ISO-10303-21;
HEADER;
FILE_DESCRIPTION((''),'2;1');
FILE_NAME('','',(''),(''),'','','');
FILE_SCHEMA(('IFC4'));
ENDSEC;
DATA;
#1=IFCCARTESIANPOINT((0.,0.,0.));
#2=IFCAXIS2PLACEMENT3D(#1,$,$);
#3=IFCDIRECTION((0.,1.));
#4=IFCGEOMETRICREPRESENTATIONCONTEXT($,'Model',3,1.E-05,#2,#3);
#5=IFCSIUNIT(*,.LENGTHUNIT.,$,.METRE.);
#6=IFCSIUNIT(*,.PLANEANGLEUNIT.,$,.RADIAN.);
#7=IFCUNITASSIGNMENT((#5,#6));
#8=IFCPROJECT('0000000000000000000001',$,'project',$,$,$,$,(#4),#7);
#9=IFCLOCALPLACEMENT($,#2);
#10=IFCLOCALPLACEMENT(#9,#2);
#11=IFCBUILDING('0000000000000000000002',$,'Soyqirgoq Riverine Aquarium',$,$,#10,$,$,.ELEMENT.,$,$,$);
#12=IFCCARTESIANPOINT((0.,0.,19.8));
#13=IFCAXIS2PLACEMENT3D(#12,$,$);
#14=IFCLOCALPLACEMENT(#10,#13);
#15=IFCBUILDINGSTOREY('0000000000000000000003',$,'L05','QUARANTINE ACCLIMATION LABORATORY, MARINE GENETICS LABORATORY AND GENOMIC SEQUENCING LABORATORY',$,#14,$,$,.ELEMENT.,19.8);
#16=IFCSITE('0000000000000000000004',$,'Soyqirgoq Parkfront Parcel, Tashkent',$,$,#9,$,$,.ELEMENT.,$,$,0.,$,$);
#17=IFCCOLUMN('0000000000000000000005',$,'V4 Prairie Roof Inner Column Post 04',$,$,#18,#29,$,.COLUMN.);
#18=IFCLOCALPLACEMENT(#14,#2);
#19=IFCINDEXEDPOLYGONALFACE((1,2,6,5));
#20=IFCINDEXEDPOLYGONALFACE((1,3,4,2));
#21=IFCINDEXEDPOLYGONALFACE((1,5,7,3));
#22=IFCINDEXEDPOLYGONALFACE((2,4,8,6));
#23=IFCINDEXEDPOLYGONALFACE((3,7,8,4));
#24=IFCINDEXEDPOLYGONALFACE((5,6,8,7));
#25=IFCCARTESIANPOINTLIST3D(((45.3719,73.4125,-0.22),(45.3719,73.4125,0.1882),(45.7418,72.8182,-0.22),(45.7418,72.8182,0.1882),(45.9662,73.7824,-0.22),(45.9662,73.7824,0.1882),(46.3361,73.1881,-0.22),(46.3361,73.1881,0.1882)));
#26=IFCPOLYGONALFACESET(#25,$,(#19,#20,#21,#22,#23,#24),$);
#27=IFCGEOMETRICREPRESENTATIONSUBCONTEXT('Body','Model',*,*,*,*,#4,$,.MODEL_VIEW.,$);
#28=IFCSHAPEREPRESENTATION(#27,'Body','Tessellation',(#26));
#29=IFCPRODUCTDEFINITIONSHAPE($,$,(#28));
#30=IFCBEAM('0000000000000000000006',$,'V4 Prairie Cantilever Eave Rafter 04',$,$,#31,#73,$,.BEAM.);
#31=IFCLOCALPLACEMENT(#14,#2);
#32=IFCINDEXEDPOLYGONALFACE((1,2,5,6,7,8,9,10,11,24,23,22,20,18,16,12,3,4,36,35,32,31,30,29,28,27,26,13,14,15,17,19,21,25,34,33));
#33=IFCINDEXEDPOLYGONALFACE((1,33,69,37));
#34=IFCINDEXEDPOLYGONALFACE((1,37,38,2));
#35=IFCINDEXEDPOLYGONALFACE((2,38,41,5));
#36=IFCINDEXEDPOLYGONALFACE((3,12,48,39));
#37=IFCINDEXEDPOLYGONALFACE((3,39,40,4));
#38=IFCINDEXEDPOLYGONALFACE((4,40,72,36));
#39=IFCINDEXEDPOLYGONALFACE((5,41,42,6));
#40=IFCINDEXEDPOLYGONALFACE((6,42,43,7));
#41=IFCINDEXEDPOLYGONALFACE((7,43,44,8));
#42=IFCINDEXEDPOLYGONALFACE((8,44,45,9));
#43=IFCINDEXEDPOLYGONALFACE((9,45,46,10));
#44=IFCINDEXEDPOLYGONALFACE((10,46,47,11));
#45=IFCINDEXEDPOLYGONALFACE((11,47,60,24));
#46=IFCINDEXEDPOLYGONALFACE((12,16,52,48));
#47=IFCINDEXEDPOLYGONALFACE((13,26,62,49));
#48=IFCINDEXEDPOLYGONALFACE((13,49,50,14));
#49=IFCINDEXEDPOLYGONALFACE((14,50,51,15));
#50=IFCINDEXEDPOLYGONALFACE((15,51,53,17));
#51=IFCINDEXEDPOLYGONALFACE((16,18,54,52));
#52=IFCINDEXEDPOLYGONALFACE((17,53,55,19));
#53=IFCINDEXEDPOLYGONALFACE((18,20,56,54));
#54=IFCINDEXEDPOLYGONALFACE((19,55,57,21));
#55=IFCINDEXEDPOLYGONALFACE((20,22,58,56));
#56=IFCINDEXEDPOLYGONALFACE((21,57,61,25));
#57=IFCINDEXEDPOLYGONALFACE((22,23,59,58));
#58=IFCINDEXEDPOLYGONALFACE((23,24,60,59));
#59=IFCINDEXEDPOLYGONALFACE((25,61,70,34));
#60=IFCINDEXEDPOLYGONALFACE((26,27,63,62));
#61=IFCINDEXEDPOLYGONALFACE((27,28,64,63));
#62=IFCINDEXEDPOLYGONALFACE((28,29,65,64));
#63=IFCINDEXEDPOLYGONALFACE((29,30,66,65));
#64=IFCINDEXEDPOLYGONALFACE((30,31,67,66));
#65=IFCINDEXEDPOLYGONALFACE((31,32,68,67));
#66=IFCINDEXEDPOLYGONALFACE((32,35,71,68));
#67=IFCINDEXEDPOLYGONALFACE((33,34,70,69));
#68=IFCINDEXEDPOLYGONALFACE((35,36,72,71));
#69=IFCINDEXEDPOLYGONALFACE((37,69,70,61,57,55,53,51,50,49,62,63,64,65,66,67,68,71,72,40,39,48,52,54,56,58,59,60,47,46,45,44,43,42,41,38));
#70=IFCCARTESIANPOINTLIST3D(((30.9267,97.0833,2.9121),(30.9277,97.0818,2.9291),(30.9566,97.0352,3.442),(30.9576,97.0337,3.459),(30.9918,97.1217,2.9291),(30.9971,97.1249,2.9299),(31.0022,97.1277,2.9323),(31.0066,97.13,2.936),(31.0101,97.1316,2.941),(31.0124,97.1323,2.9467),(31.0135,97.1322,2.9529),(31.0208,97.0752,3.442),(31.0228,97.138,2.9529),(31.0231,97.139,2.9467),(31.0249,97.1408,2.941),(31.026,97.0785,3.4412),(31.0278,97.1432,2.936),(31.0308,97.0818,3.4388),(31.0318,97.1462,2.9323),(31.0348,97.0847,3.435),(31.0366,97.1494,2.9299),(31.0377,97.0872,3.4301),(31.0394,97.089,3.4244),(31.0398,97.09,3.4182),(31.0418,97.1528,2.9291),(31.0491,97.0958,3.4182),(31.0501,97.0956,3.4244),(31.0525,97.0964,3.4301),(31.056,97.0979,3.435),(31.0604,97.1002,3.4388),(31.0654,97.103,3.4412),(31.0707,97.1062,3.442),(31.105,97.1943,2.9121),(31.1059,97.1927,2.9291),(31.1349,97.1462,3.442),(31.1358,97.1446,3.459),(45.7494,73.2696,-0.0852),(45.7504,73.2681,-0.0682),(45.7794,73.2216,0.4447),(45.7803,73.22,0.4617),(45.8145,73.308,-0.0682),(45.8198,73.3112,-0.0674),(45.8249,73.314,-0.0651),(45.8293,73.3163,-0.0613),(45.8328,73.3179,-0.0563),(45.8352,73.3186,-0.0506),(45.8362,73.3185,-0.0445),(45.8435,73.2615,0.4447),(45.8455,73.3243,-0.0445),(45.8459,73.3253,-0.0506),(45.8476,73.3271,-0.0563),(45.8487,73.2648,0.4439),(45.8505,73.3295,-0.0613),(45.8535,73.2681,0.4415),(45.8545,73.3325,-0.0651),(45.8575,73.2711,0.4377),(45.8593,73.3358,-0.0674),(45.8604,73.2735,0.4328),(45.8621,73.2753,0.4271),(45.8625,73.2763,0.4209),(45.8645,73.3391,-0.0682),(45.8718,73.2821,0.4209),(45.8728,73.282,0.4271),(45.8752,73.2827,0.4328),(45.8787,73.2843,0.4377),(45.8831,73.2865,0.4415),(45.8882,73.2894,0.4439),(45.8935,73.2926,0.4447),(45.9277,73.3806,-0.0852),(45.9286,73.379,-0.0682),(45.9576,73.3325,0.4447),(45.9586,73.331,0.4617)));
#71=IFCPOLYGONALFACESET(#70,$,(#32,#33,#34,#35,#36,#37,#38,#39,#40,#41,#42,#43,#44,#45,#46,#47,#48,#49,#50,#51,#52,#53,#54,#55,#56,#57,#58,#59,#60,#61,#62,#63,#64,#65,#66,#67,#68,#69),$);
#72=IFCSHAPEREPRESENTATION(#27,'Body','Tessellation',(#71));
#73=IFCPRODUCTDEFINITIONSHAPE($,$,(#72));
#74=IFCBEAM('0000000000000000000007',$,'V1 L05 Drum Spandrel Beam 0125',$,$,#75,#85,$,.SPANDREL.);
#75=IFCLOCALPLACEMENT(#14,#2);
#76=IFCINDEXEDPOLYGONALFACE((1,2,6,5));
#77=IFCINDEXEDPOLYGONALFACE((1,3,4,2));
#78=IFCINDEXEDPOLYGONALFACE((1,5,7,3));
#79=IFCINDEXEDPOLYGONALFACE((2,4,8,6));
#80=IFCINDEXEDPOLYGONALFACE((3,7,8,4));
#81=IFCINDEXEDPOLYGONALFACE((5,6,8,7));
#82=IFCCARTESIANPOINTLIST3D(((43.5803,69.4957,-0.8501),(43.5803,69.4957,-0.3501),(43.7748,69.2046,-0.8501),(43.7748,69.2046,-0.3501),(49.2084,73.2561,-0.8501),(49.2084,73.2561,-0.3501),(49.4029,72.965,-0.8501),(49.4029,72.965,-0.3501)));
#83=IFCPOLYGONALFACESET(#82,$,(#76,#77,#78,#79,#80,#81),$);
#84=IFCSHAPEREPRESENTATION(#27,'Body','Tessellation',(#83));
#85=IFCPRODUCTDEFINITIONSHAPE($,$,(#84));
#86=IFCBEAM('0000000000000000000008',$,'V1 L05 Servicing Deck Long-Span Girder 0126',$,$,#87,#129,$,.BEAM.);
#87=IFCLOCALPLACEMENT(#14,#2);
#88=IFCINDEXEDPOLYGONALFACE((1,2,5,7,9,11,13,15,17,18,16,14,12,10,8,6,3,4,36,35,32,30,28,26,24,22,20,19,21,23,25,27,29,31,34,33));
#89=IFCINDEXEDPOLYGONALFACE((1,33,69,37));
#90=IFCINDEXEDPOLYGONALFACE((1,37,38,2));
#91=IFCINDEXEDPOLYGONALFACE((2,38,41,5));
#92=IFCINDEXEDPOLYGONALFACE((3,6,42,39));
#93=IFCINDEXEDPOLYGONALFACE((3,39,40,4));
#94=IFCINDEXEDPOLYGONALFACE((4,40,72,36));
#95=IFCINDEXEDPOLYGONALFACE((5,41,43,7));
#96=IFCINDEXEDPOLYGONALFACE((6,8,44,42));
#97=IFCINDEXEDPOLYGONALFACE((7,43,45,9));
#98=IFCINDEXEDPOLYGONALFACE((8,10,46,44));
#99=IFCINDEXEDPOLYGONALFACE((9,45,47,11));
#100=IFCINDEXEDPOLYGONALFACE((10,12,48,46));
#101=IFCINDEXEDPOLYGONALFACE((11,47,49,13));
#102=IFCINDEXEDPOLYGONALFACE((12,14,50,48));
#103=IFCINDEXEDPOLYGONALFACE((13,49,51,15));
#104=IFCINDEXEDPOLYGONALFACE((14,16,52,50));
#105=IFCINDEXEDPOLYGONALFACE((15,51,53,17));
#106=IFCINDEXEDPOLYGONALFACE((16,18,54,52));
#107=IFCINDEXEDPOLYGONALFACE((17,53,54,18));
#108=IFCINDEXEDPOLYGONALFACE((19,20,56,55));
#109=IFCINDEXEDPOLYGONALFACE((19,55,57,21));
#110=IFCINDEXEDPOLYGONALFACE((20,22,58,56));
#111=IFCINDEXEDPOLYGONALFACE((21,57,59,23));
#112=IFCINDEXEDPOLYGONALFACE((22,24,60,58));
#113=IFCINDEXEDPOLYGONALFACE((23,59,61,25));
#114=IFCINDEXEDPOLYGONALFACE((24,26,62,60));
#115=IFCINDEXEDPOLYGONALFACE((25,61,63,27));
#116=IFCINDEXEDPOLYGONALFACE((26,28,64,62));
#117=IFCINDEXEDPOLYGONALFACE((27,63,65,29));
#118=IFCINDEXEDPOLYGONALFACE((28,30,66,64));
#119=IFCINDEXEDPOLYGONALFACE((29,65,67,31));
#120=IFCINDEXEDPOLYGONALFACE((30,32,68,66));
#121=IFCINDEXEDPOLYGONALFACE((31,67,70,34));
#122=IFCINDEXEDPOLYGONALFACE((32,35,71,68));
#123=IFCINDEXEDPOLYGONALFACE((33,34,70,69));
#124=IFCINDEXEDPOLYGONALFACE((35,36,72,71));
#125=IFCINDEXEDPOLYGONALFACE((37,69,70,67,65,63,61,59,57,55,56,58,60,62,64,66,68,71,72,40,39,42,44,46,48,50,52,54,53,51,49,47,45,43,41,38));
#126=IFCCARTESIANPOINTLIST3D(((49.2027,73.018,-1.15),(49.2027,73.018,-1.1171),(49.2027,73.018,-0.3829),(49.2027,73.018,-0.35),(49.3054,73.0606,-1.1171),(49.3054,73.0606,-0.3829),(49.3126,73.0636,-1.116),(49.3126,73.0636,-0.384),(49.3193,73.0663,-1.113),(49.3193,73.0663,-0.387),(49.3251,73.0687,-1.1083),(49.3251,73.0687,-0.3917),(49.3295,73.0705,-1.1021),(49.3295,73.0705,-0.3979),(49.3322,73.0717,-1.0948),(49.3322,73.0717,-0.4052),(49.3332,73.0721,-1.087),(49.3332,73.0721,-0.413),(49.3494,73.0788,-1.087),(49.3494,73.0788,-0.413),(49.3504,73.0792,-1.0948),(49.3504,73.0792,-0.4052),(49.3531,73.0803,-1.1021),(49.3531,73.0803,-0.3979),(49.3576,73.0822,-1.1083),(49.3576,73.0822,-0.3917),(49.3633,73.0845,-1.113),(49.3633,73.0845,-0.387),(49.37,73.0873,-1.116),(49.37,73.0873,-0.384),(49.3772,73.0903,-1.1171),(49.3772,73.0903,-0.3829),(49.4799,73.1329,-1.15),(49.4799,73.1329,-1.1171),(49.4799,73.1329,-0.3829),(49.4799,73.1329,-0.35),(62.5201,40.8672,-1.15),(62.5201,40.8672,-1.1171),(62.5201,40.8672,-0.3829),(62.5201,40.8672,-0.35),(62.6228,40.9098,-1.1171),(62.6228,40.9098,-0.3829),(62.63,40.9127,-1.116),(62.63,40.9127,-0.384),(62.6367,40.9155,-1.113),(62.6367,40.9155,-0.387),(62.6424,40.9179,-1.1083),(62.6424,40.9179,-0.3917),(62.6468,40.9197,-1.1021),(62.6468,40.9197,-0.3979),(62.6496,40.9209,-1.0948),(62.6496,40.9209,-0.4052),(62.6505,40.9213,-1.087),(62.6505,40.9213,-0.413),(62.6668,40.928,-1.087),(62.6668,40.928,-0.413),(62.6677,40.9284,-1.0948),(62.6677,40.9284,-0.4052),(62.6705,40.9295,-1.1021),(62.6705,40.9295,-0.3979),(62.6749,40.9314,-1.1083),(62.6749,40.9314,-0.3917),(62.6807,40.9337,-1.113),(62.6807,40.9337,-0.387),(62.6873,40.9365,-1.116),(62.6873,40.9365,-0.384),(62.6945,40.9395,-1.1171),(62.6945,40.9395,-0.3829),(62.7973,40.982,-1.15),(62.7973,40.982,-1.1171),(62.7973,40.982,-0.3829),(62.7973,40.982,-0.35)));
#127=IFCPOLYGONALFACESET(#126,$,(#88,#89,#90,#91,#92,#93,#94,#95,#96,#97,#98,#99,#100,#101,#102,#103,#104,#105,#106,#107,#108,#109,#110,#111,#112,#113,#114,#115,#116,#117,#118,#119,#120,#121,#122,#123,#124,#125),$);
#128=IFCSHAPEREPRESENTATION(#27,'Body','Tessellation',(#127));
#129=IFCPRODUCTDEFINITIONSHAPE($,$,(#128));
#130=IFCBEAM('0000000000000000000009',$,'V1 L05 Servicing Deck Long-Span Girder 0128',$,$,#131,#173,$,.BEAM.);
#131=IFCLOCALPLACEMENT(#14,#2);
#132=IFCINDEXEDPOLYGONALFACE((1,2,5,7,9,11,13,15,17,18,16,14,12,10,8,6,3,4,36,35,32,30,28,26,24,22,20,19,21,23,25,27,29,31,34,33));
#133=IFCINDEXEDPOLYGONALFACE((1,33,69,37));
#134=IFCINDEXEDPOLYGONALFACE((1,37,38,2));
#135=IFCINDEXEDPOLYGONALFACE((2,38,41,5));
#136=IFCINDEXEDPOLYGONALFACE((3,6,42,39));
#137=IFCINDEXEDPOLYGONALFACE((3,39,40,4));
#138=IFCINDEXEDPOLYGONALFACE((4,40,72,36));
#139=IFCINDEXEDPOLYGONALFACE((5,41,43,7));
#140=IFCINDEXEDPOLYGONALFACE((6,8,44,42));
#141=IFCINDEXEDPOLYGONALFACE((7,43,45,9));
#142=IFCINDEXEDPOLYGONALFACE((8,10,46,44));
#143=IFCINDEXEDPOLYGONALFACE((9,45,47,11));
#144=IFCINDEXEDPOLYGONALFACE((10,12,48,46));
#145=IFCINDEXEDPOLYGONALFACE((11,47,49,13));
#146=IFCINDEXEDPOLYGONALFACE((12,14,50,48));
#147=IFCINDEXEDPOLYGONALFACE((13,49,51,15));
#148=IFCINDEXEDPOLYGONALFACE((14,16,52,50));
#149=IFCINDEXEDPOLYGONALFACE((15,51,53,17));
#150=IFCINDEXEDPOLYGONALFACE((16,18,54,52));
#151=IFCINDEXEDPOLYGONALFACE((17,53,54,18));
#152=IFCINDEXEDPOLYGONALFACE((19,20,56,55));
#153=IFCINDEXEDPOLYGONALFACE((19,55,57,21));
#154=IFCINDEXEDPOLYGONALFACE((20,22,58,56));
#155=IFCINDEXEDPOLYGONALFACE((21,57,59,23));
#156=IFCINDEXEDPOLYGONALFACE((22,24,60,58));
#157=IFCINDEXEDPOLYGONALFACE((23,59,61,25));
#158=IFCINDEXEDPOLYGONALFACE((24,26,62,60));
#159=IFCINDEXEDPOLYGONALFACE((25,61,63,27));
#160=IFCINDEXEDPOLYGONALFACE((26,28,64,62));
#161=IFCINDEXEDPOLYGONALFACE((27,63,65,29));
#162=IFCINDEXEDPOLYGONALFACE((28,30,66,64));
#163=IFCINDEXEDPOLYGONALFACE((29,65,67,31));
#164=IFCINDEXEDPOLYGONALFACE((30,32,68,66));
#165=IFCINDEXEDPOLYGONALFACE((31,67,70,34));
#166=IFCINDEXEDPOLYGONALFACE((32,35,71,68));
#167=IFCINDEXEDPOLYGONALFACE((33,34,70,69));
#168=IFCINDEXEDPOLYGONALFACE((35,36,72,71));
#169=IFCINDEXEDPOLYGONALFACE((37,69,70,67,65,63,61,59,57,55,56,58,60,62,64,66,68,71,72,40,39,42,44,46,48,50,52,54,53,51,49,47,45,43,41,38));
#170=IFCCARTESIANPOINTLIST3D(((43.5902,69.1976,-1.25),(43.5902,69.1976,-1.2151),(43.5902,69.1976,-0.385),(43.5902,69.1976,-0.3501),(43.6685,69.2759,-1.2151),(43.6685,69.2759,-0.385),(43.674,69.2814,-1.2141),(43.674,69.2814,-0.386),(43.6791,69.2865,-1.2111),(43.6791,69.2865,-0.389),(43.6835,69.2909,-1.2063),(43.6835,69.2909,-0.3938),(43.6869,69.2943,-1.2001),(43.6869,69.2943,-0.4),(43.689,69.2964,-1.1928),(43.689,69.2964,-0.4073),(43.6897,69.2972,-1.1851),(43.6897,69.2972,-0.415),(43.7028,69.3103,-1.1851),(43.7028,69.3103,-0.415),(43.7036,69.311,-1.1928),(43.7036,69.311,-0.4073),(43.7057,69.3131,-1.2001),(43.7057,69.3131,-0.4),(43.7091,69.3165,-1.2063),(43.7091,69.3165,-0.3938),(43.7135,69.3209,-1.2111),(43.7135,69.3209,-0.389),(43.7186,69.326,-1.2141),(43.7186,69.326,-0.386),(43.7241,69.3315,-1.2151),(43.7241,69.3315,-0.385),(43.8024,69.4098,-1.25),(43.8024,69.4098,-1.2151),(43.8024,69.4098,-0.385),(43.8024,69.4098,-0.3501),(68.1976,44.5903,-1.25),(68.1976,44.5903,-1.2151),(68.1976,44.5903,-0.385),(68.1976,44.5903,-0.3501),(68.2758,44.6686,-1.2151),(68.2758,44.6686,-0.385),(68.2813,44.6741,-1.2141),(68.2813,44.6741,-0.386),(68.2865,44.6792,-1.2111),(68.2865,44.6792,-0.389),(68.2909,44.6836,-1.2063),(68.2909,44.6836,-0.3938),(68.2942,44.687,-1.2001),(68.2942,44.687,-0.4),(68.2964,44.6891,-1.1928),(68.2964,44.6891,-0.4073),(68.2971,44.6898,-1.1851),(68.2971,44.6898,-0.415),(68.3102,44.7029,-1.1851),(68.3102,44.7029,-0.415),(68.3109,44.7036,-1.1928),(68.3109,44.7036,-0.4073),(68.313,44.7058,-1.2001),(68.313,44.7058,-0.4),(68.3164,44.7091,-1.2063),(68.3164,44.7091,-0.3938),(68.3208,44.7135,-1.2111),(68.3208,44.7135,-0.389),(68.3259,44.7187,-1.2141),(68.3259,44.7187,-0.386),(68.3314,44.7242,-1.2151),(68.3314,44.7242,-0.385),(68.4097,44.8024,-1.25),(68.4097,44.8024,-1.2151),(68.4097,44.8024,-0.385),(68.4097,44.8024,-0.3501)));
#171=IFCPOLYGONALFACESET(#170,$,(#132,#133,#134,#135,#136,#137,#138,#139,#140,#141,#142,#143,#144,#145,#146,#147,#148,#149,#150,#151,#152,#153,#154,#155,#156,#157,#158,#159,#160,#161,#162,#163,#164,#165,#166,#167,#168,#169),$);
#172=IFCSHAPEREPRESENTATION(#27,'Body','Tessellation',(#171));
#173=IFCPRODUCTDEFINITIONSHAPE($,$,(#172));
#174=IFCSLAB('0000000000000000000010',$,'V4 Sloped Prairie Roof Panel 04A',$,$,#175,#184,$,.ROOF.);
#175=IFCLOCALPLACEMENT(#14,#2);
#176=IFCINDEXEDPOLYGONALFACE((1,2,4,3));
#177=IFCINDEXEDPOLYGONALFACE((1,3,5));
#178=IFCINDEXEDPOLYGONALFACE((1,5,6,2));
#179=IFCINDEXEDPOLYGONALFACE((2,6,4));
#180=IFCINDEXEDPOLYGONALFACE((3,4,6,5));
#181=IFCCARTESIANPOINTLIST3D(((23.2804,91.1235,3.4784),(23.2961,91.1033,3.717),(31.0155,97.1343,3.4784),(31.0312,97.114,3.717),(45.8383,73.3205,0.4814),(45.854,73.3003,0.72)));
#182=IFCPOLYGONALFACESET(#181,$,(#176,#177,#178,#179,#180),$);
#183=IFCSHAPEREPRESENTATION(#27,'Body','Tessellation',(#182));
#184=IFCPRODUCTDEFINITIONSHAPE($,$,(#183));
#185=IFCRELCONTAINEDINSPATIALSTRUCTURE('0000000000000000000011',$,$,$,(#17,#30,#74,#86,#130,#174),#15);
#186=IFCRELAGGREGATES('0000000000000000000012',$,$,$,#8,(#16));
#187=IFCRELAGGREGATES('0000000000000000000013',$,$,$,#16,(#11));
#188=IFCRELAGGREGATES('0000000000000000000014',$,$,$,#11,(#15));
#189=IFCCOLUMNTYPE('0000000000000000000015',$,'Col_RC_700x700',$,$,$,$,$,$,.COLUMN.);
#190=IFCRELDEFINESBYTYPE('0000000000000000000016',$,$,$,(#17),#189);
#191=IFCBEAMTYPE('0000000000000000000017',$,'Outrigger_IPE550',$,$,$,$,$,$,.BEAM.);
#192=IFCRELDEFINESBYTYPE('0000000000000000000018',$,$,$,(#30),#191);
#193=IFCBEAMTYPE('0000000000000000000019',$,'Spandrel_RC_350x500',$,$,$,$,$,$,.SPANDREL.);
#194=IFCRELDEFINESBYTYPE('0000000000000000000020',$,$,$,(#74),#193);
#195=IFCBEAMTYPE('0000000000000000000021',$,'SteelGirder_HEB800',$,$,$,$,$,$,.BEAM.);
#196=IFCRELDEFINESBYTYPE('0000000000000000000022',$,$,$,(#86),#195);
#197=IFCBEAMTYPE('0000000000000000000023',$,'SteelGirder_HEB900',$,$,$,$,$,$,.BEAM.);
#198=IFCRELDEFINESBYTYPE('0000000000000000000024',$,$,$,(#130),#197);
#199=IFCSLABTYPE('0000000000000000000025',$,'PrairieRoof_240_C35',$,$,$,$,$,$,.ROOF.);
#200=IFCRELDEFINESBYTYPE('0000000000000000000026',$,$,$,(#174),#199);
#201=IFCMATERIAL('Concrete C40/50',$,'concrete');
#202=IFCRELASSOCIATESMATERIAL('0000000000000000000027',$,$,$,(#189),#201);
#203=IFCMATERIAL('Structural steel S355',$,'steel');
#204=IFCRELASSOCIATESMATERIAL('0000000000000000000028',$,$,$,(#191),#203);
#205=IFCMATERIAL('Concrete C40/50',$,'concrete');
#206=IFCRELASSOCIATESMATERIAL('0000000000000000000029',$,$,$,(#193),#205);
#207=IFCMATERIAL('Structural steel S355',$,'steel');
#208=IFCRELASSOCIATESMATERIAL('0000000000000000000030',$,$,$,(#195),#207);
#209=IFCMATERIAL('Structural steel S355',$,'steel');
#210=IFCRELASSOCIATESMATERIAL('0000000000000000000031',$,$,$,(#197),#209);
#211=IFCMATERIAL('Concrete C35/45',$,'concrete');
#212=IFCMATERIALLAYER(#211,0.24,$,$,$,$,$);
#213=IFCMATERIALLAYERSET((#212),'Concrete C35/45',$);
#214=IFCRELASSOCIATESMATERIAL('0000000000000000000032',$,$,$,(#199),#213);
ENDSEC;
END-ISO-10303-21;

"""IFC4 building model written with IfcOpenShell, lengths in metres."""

from ifc_helpers import new_model, si_unit, direction, frame, origin, origin_2d, place, context, subcontext, project, spatial, polyline, rectangle, i_section, outline, extrude, material, layer, layer_set, material_profile, profile_set, type_object, element, save


model = new_model("IFC4")

# Units and contexts
model_context = context("Model", 3, precision=1e-05, world=origin(), true_north=direction((0.0, 1.0)))
body_context = subcontext(model_context, "Body", "Model", "MODEL_VIEW")
ifc_project = project(units=[si_unit("LENGTHUNIT", "METRE"), si_unit("PLANEANGLEUNIT", "RADIAN")], contexts=[model_context])

# Site, building, storey
site_placement = place(None, origin())
site = spatial("IfcSite", under=ifc_project, at=site_placement, Name="Soyqirgoq Parkfront Parcel, Tashkent", CompositionType="ELEMENT", RefElevation=0.0)
building_placement = place(site_placement, origin())
building = spatial("IfcBuilding", under=site, at=building_placement, Name="Soyqirgoq Riverine Aquarium", CompositionType="ELEMENT")
storey_placement = place(building_placement, frame((0.0, 0.0, 19.8)))
storey = spatial("IfcBuildingStorey", under=building, at=storey_placement, Name="L05", Description="QUARANTINE ACCLIMATION LABORATORY, MARINE GENETICS LABORATORY AND GENOMIC SEQUENCING LABORATORY", CompositionType="ELEMENT", Elevation=19.8)

# Column
ifc_material_1 = material(Name="Concrete C40/50", Category="concrete")
ifc_material_profile_1 = material_profile(ifc_material_1, rectangle(XDim=0.7, YDim=0.7, at=origin_2d()), Name="RC 700x700")
ifc_profile_set_1 = profile_set([ifc_material_profile_1], Name="Concrete C40/50")
column_type_1 = type_object("IfcColumnType", Name="Col_RC_700x700", PredefinedType="COLUMN", material=ifc_profile_set_1)
column_1_placement = place(storey_placement, frame((45.854, 73.3003, -0.22), z_axis=(0.0, 0.0, 1.0), x_axis=(-0.528438, 0.848972, 0.0)))
element("IfcColumn", 1, at=column_1_placement, inside=storey, type_object=column_type_1, Name="V4 Prairie Roof Inner Column Post 04", PredefinedType="COLUMN", context=body_context, shape_type="SweptSolid", body=[
    extrude(rectangle(XDim=0.7, YDim=0.7, at=origin_2d()), origin(), (0.0, 0.0, 1.0), 0.4082),
])

# Beams
ifc_material_2 = material(Name="Structural steel S355", Category="steel")
ifc_material_profile_2 = material_profile(ifc_material_2, i_section(OverallWidth=0.21, OverallDepth=0.55, WebThickness=0.011, FlangeThickness=0.0171, FilletRadius=0.0239, at=origin_2d()), Name="IPE 550")
ifc_profile_set_2 = profile_set([ifc_material_profile_2], Name="Structural steel S355")
beam_type_1 = type_object("IfcBeamType", Name="Outrigger_IPE550", PredefinedType="BEAM", material=ifc_profile_set_2)
beam_1_placement = place(storey_placement, frame((45.854, 73.3003, 0.1882), z_axis=(-0.525447, 0.844166, 0.106251), x_axis=(-0.848971, -0.528439, 0.0)))
element("IfcBeam", 2, at=beam_1_placement, inside=storey, type_object=beam_type_1, Name="V4 Prairie Cantilever Eave Rafter 04", PredefinedType="BEAM", context=body_context, shape_type="SweptSolid", body=[
    extrude(i_section(OverallWidth=0.21, OverallDepth=0.55, WebThickness=0.011, FlangeThickness=0.0171, FilletRadius=0.0239, at=origin_2d()), origin(), (0.0, 0.0, 1.0), 28.2097),
])
ifc_material_3 = material(Name="Concrete C40/50", Category="concrete")
ifc_material_profile_3 = material_profile(ifc_material_3, rectangle(XDim=0.3501, YDim=0.5, at=origin_2d()), Name="RC 350x500")
ifc_profile_set_3 = profile_set([ifc_material_profile_3], Name="Concrete C40/50")
beam_type_2 = type_object("IfcBeamType", Name="Spandrel_RC_350x500", PredefinedType="SPANDREL", material=ifc_profile_set_3)
beam_2_placement = place(storey_placement, frame((49.3057, 73.1106, -0.6001), z_axis=(-0.831478, -0.555557, 0.0), x_axis=(0.555557, -0.831478, 0.0)))
element("IfcBeam", 3, at=beam_2_placement, inside=storey, type_object=beam_type_2, Name="V1 L05 Drum Spandrel Beam 0125", PredefinedType="SPANDREL", context=body_context, shape_type="SweptSolid", body=[
    extrude(rectangle(XDim=0.3501, YDim=0.5, at=origin_2d()), origin(), (0.0, 0.0, 1.0), 6.7688),
])
ifc_material_4 = material(Name="Structural steel S355", Category="steel")
ifc_material_profile_4 = material_profile(ifc_material_4, i_section(OverallWidth=0.3, OverallDepth=0.8, WebThickness=0.0176, FlangeThickness=0.033, FilletRadius=0.03, at=origin_2d()), Name="HEB 800")
ifc_profile_set_4 = profile_set([ifc_material_profile_4], Name="Structural steel S355")
beam_type_3 = type_object("IfcBeamType", Name="SteelGirder_HEB800", PredefinedType="BEAM", material=ifc_profile_set_4)
beam_3_placement = place(storey_placement, frame((49.3413, 73.0754, -0.75), z_axis=(0.382685, -0.923879, 0.0), x_axis=(0.923879, 0.382685, 0.0)))
element("IfcBeam", 4, at=beam_3_placement, inside=storey, type_object=beam_type_3, Name="V1 L05 Servicing Deck Long-Span Girder 0126", PredefinedType="BEAM", context=body_context, shape_type="SweptSolid", body=[
    extrude(i_section(OverallWidth=0.3, OverallDepth=0.8, WebThickness=0.0176, FlangeThickness=0.033, FilletRadius=0.03, at=origin_2d()), origin(), (0.0, 0.0, 1.0), 34.7998),
])
ifc_material_5 = material(Name="Structural steel S355", Category="steel")
ifc_material_profile_5 = material_profile(ifc_material_5, i_section(OverallWidth=0.3, OverallDepth=0.8999, WebThickness=0.0186, FlangeThickness=0.0349, FilletRadius=0.03, at=origin_2d()), Name="HEB 900")
ifc_profile_set_5 = profile_set([ifc_material_profile_5], Name="Structural steel S355")
beam_type_4 = type_object("IfcBeamType", Name="SteelGirder_HEB900", PredefinedType="BEAM", material=ifc_profile_set_5)
beam_4_placement = place(storey_placement, frame((43.6963, 69.3037, -0.8), z_axis=(0.707107, -0.707107, 0.0), x_axis=(0.707107, 0.707107, 0.0)))
element("IfcBeam", 5, at=beam_4_placement, inside=storey, type_object=beam_type_4, Name="V1 L05 Servicing Deck Long-Span Girder 0128", PredefinedType="BEAM", context=body_context, shape_type="SweptSolid", body=[
    extrude(i_section(OverallWidth=0.3, OverallDepth=0.8999, WebThickness=0.0186, FlangeThickness=0.0349, FilletRadius=0.03, at=origin_2d()), origin(), (0.0, 0.0, 1.0), 34.8),
])

# Slab
ifc_material_6 = material(Name="Concrete C35/45", Category="concrete")
ifc_layer_1 = layer(ifc_material_6, 0.24)
ifc_layer_set_1 = layer_set([ifc_layer_1], Name="Concrete C35/45")
slab_type = type_object("IfcSlabType", Name="PrairieRoof_240_C35", PredefinedType="ROOF", material=ifc_layer_set_1)
slab_1_placement = place(storey_placement, frame((45.854, 73.3003, 0.72), z_axis=(0.065539, -0.08434, 0.994279), x_axis=(-0.525448, 0.844166, 0.106242)))
element("IfcSlab", 6, at=slab_1_placement, inside=storey, type_object=slab_type, Name="V4 Sloped Prairie Roof Panel 04A", PredefinedType="ROOF", context=body_context, shape_type="SweptSolid", body=[
    extrude(outline(polyline([(0.0, 0.0), (28.2097, 0.0), (27.2001, 9.7438), (0.0, 0.0)])), origin(), (0.0, 0.0, -1.0), 0.24),
])

save(model, "model.ifc")
